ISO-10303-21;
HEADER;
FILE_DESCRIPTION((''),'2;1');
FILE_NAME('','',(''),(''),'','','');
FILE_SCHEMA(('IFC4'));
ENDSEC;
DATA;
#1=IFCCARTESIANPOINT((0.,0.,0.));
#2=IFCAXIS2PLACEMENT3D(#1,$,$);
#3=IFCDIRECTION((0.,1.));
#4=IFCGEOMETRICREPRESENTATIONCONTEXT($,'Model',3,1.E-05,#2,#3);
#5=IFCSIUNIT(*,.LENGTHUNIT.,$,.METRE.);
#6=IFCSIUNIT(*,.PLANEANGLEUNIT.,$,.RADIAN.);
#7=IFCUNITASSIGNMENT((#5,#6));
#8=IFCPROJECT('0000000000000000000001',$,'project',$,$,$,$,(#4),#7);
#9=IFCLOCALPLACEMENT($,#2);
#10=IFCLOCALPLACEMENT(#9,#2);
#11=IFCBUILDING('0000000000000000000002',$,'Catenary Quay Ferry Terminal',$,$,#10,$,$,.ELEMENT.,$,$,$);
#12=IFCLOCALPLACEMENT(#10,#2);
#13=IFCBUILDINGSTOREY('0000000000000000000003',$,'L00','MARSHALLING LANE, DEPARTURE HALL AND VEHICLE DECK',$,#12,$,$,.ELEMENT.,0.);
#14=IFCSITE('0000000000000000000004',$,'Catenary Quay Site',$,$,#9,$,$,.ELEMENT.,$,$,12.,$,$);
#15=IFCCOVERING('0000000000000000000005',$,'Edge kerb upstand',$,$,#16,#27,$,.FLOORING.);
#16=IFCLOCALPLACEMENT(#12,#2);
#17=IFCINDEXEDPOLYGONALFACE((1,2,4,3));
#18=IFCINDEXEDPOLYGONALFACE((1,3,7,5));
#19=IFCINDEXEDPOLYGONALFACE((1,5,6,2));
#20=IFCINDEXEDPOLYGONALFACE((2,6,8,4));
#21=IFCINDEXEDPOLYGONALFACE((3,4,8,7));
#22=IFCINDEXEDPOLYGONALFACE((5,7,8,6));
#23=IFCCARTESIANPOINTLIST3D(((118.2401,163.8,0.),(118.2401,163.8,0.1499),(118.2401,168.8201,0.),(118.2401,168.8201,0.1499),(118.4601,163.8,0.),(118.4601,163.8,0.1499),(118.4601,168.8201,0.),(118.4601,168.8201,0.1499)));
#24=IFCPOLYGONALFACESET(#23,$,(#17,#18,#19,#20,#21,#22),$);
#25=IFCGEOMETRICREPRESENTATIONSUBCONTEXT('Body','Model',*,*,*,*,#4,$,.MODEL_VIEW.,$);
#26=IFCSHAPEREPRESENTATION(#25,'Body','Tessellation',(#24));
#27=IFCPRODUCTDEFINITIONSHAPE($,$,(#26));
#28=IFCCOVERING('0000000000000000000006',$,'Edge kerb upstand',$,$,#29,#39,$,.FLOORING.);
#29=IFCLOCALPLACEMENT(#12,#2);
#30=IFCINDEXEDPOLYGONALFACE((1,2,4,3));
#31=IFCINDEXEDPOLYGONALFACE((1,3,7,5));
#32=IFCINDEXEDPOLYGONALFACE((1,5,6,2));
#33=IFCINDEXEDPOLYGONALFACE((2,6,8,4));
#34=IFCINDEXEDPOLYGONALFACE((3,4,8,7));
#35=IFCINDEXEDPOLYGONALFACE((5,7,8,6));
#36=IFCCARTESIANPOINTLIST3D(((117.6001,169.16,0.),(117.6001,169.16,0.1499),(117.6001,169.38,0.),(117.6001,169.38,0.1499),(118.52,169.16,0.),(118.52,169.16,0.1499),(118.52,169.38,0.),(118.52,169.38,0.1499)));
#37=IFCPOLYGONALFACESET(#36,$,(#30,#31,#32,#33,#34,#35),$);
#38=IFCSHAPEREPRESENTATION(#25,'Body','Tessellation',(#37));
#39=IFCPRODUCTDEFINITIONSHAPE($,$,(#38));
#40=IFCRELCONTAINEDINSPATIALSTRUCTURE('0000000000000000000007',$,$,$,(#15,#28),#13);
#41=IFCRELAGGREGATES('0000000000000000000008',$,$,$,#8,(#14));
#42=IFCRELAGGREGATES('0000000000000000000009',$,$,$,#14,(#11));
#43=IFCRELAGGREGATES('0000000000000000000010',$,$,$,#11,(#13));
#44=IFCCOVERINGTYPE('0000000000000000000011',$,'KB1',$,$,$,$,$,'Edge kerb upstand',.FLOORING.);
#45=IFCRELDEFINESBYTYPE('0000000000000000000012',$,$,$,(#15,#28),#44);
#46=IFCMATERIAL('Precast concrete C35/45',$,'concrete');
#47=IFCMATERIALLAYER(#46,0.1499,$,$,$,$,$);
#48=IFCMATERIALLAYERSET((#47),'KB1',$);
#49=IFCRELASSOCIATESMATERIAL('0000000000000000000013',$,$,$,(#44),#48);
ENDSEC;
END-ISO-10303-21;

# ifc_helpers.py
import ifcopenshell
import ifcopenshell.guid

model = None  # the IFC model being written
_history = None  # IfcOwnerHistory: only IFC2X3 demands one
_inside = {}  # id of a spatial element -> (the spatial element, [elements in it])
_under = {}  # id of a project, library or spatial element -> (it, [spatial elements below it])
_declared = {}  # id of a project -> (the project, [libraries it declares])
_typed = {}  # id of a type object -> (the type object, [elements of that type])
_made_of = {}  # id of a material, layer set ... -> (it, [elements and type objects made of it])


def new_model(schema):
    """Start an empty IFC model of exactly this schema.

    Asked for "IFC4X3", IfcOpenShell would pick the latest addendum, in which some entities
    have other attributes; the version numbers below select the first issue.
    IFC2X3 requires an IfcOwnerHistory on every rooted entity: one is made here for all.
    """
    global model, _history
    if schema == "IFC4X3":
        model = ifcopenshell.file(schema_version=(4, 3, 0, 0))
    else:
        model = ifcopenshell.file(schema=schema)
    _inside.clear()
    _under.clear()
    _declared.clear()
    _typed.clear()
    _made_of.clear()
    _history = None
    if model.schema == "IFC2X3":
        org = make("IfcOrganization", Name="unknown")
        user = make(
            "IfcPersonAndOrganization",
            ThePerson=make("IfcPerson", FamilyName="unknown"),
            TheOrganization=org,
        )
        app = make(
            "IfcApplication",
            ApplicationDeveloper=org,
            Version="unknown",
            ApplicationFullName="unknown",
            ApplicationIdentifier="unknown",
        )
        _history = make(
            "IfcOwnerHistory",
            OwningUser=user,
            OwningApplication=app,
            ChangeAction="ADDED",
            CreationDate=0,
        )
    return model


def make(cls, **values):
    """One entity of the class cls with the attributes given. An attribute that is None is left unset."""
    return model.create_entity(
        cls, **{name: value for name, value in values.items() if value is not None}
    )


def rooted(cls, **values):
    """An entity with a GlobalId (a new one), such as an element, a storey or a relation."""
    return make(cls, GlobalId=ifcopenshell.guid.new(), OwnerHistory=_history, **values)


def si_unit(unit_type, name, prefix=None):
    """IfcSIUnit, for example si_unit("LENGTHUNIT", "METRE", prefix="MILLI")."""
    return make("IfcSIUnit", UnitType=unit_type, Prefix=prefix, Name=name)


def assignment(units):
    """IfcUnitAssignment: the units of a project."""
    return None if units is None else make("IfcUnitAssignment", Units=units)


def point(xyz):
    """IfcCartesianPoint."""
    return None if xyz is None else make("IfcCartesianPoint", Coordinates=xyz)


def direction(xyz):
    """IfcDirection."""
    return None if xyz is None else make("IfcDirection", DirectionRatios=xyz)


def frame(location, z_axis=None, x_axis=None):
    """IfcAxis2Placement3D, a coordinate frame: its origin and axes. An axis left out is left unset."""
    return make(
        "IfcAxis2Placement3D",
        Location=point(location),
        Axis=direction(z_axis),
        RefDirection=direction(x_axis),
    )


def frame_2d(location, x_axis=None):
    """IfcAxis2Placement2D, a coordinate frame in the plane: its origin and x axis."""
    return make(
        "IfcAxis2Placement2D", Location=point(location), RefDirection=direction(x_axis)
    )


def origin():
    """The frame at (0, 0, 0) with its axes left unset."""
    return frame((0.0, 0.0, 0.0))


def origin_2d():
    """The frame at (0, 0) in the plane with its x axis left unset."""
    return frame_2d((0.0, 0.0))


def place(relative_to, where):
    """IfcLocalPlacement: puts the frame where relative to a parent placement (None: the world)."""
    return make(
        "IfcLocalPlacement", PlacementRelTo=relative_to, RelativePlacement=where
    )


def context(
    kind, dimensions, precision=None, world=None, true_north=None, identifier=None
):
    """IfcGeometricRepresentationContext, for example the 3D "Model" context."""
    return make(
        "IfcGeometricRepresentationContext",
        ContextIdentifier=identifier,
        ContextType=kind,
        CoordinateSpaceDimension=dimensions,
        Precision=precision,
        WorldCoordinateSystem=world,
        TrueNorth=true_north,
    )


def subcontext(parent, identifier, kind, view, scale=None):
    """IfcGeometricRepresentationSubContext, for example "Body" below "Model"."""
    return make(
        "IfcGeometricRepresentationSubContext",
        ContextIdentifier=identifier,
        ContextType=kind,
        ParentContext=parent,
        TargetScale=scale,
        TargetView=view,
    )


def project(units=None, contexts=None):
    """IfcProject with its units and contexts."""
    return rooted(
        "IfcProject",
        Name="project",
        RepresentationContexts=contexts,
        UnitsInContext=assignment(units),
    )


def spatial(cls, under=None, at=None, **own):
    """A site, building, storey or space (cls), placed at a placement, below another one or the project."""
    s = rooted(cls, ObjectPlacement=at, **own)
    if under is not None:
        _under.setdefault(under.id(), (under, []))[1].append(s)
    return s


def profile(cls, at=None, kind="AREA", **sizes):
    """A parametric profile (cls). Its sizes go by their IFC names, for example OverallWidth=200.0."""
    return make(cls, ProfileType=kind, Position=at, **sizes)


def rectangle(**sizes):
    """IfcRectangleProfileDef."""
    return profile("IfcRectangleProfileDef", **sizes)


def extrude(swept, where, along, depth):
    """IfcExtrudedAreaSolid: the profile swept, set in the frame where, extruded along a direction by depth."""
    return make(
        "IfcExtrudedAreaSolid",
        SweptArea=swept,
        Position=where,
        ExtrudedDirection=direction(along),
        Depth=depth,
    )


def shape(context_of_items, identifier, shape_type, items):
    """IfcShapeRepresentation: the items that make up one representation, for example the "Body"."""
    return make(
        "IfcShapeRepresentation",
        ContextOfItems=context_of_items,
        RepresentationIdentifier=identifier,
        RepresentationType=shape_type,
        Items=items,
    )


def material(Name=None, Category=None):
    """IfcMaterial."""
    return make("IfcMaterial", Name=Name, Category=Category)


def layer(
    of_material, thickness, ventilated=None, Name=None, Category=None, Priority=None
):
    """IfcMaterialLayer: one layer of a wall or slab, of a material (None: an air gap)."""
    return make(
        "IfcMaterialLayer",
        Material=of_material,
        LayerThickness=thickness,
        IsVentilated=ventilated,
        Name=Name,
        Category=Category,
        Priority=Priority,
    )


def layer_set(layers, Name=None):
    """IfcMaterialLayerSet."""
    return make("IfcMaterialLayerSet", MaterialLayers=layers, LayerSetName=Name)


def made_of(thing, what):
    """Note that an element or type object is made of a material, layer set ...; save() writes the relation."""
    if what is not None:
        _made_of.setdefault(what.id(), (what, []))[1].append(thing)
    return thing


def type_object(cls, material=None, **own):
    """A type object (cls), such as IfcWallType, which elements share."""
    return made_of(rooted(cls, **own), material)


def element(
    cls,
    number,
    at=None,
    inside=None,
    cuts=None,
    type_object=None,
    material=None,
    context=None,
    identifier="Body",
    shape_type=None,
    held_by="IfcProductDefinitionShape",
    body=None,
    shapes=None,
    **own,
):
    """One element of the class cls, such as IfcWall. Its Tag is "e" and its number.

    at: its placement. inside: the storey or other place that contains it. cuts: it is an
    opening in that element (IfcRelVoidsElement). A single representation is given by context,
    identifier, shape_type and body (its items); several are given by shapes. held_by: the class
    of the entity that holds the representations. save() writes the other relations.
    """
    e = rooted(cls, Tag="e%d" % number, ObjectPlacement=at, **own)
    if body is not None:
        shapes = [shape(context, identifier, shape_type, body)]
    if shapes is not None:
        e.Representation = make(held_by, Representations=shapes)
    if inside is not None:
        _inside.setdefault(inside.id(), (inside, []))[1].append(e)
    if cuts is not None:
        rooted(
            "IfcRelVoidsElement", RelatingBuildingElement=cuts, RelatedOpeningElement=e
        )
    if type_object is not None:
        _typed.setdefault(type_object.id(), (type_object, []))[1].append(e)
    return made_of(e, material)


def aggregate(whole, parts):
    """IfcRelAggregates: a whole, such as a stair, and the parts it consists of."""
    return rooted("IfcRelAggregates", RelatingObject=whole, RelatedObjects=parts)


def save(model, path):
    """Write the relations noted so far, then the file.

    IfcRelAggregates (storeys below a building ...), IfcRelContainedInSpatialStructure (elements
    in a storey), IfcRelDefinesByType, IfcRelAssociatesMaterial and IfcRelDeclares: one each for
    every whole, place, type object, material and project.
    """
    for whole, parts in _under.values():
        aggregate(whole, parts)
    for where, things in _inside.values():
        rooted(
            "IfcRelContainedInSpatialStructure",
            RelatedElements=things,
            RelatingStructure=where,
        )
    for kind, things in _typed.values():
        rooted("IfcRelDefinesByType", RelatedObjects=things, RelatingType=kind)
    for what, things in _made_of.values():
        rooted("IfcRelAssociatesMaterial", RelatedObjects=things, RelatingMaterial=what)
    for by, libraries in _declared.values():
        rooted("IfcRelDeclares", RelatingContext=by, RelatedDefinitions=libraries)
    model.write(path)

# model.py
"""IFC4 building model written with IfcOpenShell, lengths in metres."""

from ifc_helpers import new_model, si_unit, direction, frame, origin, origin_2d, place, context, subcontext, project, spatial, rectangle, extrude, material, layer, layer_set, type_object, element, save


model = new_model("IFC4")

# Units and contexts
model_context = context("Model", 3, precision=1e-05, world=origin(), true_north=direction((0.0, 1.0)))
body_context = subcontext(model_context, "Body", "Model", "MODEL_VIEW")
ifc_project = project(units=[si_unit("LENGTHUNIT", "METRE"), si_unit("PLANEANGLEUNIT", "RADIAN")], contexts=[model_context])

# Site, building, storey
site_placement = place(None, origin())
site = spatial("IfcSite", under=ifc_project, at=site_placement, Name="Catenary Quay Site", CompositionType="ELEMENT", RefElevation=12.0)
building_placement = place(site_placement, origin())
building = spatial("IfcBuilding", under=site, at=building_placement, Name="Catenary Quay Ferry Terminal", CompositionType="ELEMENT")
storey_placement = place(building_placement, origin())
storey = spatial("IfcBuildingStorey", under=building, at=storey_placement, Name="L00", Description="MARSHALLING LANE, DEPARTURE HALL AND VEHICLE DECK", CompositionType="ELEMENT", Elevation=0.0)

# Coverings
ifc_material_1 = material(Name="Precast concrete C35/45", Category="concrete")
ifc_layer_1 = layer(ifc_material_1, 0.1499)
ifc_layer_set_1 = layer_set([ifc_layer_1], Name="KB1")
covering_type = type_object("IfcCoveringType", Name="KB1", ElementType="Edge kerb upstand", PredefinedType="FLOORING", material=ifc_layer_set_1)
covering_1_placement = place(storey_placement, frame((118.3501, 166.3101, 0.0), z_axis=(0.0, 0.0, 1.0), x_axis=(1.0, 0.0, 0.0)))
element("IfcCovering", 1, at=covering_1_placement, inside=storey, type_object=covering_type, Name="Edge kerb upstand", PredefinedType="FLOORING", context=body_context, shape_type="SweptSolid", body=[
    extrude(rectangle(XDim=0.22, YDim=5.02, at=origin_2d()), origin(), (0.0, 0.0, 1.0), 0.1499),
])
covering_2_placement = place(storey_placement, frame((118.0601, 169.27, 0.0), z_axis=(0.0, 0.0, 1.0), x_axis=(1.0, 0.0, 0.0)))
element("IfcCovering", 2, at=covering_2_placement, inside=storey, type_object=covering_type, Name="Edge kerb upstand", PredefinedType="FLOORING", context=body_context, shape_type="SweptSolid", body=[
    extrude(rectangle(XDim=0.9199, YDim=0.22, at=origin_2d()), origin(), (0.0, 0.0, 1.0), 0.1499),
])

save(model, "model.ifc")
